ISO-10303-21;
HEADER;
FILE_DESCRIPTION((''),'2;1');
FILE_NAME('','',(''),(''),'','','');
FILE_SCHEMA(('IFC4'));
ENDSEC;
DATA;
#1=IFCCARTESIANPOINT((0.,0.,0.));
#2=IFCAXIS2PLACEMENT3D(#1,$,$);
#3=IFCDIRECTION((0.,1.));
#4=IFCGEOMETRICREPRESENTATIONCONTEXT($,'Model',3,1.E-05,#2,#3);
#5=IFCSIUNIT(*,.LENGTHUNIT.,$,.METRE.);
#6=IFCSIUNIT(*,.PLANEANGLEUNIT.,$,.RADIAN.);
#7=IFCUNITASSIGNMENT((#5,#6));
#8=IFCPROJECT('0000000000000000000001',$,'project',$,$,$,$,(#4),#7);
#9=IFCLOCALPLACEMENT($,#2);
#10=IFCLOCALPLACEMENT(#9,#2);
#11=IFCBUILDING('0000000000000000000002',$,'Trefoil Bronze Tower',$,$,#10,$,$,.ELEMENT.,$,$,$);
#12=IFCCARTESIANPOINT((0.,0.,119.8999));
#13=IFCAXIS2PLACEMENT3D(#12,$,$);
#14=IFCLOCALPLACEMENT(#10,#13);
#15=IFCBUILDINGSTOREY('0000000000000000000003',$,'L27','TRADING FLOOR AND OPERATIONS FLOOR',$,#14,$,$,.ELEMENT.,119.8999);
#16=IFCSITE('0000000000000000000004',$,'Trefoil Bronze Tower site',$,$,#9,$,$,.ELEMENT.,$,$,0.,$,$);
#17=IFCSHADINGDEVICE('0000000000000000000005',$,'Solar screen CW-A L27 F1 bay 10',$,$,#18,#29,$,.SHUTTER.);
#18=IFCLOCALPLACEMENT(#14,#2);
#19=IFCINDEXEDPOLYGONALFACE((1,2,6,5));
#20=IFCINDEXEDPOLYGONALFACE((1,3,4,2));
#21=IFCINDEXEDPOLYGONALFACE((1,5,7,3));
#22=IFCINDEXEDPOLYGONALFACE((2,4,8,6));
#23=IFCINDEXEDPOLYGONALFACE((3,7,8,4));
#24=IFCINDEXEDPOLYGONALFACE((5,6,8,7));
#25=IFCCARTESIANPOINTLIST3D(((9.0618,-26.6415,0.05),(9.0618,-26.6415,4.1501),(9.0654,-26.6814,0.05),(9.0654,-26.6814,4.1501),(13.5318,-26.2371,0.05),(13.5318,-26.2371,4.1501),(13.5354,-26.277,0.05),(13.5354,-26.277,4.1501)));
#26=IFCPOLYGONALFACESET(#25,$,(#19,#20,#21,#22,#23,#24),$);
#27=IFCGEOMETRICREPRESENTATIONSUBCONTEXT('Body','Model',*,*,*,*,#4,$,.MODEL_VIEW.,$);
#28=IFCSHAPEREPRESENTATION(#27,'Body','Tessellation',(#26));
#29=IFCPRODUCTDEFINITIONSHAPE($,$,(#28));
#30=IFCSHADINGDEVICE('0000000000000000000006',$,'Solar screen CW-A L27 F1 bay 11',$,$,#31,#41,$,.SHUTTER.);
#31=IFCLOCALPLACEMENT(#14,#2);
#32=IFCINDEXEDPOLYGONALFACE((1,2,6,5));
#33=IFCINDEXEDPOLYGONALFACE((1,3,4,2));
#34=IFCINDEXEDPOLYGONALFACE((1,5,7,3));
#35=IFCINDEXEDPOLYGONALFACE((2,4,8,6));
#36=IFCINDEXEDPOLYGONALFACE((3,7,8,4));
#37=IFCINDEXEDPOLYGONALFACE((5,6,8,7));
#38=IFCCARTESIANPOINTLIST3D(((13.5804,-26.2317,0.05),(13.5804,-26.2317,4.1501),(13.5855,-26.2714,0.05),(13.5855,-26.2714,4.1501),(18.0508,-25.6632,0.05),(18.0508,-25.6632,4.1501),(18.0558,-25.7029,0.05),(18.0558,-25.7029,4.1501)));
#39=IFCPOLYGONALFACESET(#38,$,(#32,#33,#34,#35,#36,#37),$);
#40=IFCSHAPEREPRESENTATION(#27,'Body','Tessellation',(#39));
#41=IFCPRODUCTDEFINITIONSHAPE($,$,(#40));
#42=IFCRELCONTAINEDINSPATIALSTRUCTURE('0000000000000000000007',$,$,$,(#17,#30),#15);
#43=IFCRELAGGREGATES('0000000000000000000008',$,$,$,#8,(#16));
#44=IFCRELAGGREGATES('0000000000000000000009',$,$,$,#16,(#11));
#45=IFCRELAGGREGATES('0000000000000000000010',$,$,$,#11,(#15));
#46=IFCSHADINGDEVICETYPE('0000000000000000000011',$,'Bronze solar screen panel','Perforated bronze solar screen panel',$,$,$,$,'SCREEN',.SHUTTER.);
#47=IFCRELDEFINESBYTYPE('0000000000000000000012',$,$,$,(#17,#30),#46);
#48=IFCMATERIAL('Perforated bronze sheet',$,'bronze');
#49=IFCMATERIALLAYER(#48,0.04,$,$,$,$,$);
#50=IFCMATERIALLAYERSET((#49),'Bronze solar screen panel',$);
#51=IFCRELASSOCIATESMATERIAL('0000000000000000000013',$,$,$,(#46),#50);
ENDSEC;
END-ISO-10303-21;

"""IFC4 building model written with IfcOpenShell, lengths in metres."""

from ifc_helpers import new_model, si_unit, direction, frame, origin, origin_2d, place, context, subcontext, project, spatial, rectangle, extrude, material, layer, layer_set, type_object, element, save


model = new_model("IFC4")

# Units and contexts
model_context = context("Model", 3, precision=1e-05, world=origin(), true_north=direction((0.0, 1.0)))
body_context = subcontext(model_context, "Body", "Model", "MODEL_VIEW")
ifc_project = project(units=[si_unit("LENGTHUNIT", "METRE"), si_unit("PLANEANGLEUNIT", "RADIAN")], contexts=[model_context])

# Site, building, storey
site_placement = place(None, origin())
site = spatial("IfcSite", under=ifc_project, at=site_placement, Name="Trefoil Bronze Tower site", CompositionType="ELEMENT", RefElevation=0.0)
building_placement = place(site_placement, origin())
building = spatial("IfcBuilding", under=site, at=building_placement, Name="Trefoil Bronze Tower", CompositionType="ELEMENT")
storey_placement = place(building_placement, frame((0.0, 0.0, 119.8999)))
storey = spatial("IfcBuildingStorey", under=building, at=storey_placement, Name="L27", Description="TRADING FLOOR AND OPERATIONS FLOOR", CompositionType="ELEMENT", Elevation=119.8999)

# Shading devices
ifc_material_1 = material(Name="Perforated bronze sheet", Category="bronze")
ifc_layer_1 = layer(ifc_material_1, 0.04)
ifc_layer_set_1 = layer_set([ifc_layer_1], Name="Bronze solar screen panel")
shading_device_type = type_object("IfcShadingDeviceType", Name="Bronze solar screen panel", Description="Perforated bronze solar screen panel", ElementType="SCREEN", PredefinedType="SHUTTER", material=ifc_layer_set_1)
shading_device_1_placement = place(storey_placement, frame((11.2986, -26.4592, 0.05), z_axis=(0.0, 0.0, 1.0), x_axis=(0.995932, 0.090105, 0.0)))
element("IfcShadingDevice", 1, at=shading_device_1_placement, inside=storey, type_object=shading_device_type, Name="Solar screen CW-A L27 F1 bay 10", PredefinedType="SHUTTER", context=body_context, shape_type="SweptSolid", body=[
    extrude(rectangle(XDim=4.4883, YDim=0.04, at=origin_2d()), origin(), (0.0, 0.0, 1.0), 4.1001),
])
shading_device_2_placement = place(storey_placement, frame((15.8181, -25.9673, 0.05), z_axis=(0.0, 0.0, 1.0), x_axis=(0.992012, 0.126147, 0.0)))
element("IfcShadingDevice", 2, at=shading_device_2_placement, inside=storey, type_object=shading_device_type, Name="Solar screen CW-A L27 F1 bay 11", PredefinedType="SHUTTER", context=body_context, shape_type="SweptSolid", body=[
    extrude(rectangle(XDim=4.5063, YDim=0.04, at=origin_2d()), origin(), (0.0, 0.0, 1.0), 4.1001),
])

save(model, "model.ifc")
